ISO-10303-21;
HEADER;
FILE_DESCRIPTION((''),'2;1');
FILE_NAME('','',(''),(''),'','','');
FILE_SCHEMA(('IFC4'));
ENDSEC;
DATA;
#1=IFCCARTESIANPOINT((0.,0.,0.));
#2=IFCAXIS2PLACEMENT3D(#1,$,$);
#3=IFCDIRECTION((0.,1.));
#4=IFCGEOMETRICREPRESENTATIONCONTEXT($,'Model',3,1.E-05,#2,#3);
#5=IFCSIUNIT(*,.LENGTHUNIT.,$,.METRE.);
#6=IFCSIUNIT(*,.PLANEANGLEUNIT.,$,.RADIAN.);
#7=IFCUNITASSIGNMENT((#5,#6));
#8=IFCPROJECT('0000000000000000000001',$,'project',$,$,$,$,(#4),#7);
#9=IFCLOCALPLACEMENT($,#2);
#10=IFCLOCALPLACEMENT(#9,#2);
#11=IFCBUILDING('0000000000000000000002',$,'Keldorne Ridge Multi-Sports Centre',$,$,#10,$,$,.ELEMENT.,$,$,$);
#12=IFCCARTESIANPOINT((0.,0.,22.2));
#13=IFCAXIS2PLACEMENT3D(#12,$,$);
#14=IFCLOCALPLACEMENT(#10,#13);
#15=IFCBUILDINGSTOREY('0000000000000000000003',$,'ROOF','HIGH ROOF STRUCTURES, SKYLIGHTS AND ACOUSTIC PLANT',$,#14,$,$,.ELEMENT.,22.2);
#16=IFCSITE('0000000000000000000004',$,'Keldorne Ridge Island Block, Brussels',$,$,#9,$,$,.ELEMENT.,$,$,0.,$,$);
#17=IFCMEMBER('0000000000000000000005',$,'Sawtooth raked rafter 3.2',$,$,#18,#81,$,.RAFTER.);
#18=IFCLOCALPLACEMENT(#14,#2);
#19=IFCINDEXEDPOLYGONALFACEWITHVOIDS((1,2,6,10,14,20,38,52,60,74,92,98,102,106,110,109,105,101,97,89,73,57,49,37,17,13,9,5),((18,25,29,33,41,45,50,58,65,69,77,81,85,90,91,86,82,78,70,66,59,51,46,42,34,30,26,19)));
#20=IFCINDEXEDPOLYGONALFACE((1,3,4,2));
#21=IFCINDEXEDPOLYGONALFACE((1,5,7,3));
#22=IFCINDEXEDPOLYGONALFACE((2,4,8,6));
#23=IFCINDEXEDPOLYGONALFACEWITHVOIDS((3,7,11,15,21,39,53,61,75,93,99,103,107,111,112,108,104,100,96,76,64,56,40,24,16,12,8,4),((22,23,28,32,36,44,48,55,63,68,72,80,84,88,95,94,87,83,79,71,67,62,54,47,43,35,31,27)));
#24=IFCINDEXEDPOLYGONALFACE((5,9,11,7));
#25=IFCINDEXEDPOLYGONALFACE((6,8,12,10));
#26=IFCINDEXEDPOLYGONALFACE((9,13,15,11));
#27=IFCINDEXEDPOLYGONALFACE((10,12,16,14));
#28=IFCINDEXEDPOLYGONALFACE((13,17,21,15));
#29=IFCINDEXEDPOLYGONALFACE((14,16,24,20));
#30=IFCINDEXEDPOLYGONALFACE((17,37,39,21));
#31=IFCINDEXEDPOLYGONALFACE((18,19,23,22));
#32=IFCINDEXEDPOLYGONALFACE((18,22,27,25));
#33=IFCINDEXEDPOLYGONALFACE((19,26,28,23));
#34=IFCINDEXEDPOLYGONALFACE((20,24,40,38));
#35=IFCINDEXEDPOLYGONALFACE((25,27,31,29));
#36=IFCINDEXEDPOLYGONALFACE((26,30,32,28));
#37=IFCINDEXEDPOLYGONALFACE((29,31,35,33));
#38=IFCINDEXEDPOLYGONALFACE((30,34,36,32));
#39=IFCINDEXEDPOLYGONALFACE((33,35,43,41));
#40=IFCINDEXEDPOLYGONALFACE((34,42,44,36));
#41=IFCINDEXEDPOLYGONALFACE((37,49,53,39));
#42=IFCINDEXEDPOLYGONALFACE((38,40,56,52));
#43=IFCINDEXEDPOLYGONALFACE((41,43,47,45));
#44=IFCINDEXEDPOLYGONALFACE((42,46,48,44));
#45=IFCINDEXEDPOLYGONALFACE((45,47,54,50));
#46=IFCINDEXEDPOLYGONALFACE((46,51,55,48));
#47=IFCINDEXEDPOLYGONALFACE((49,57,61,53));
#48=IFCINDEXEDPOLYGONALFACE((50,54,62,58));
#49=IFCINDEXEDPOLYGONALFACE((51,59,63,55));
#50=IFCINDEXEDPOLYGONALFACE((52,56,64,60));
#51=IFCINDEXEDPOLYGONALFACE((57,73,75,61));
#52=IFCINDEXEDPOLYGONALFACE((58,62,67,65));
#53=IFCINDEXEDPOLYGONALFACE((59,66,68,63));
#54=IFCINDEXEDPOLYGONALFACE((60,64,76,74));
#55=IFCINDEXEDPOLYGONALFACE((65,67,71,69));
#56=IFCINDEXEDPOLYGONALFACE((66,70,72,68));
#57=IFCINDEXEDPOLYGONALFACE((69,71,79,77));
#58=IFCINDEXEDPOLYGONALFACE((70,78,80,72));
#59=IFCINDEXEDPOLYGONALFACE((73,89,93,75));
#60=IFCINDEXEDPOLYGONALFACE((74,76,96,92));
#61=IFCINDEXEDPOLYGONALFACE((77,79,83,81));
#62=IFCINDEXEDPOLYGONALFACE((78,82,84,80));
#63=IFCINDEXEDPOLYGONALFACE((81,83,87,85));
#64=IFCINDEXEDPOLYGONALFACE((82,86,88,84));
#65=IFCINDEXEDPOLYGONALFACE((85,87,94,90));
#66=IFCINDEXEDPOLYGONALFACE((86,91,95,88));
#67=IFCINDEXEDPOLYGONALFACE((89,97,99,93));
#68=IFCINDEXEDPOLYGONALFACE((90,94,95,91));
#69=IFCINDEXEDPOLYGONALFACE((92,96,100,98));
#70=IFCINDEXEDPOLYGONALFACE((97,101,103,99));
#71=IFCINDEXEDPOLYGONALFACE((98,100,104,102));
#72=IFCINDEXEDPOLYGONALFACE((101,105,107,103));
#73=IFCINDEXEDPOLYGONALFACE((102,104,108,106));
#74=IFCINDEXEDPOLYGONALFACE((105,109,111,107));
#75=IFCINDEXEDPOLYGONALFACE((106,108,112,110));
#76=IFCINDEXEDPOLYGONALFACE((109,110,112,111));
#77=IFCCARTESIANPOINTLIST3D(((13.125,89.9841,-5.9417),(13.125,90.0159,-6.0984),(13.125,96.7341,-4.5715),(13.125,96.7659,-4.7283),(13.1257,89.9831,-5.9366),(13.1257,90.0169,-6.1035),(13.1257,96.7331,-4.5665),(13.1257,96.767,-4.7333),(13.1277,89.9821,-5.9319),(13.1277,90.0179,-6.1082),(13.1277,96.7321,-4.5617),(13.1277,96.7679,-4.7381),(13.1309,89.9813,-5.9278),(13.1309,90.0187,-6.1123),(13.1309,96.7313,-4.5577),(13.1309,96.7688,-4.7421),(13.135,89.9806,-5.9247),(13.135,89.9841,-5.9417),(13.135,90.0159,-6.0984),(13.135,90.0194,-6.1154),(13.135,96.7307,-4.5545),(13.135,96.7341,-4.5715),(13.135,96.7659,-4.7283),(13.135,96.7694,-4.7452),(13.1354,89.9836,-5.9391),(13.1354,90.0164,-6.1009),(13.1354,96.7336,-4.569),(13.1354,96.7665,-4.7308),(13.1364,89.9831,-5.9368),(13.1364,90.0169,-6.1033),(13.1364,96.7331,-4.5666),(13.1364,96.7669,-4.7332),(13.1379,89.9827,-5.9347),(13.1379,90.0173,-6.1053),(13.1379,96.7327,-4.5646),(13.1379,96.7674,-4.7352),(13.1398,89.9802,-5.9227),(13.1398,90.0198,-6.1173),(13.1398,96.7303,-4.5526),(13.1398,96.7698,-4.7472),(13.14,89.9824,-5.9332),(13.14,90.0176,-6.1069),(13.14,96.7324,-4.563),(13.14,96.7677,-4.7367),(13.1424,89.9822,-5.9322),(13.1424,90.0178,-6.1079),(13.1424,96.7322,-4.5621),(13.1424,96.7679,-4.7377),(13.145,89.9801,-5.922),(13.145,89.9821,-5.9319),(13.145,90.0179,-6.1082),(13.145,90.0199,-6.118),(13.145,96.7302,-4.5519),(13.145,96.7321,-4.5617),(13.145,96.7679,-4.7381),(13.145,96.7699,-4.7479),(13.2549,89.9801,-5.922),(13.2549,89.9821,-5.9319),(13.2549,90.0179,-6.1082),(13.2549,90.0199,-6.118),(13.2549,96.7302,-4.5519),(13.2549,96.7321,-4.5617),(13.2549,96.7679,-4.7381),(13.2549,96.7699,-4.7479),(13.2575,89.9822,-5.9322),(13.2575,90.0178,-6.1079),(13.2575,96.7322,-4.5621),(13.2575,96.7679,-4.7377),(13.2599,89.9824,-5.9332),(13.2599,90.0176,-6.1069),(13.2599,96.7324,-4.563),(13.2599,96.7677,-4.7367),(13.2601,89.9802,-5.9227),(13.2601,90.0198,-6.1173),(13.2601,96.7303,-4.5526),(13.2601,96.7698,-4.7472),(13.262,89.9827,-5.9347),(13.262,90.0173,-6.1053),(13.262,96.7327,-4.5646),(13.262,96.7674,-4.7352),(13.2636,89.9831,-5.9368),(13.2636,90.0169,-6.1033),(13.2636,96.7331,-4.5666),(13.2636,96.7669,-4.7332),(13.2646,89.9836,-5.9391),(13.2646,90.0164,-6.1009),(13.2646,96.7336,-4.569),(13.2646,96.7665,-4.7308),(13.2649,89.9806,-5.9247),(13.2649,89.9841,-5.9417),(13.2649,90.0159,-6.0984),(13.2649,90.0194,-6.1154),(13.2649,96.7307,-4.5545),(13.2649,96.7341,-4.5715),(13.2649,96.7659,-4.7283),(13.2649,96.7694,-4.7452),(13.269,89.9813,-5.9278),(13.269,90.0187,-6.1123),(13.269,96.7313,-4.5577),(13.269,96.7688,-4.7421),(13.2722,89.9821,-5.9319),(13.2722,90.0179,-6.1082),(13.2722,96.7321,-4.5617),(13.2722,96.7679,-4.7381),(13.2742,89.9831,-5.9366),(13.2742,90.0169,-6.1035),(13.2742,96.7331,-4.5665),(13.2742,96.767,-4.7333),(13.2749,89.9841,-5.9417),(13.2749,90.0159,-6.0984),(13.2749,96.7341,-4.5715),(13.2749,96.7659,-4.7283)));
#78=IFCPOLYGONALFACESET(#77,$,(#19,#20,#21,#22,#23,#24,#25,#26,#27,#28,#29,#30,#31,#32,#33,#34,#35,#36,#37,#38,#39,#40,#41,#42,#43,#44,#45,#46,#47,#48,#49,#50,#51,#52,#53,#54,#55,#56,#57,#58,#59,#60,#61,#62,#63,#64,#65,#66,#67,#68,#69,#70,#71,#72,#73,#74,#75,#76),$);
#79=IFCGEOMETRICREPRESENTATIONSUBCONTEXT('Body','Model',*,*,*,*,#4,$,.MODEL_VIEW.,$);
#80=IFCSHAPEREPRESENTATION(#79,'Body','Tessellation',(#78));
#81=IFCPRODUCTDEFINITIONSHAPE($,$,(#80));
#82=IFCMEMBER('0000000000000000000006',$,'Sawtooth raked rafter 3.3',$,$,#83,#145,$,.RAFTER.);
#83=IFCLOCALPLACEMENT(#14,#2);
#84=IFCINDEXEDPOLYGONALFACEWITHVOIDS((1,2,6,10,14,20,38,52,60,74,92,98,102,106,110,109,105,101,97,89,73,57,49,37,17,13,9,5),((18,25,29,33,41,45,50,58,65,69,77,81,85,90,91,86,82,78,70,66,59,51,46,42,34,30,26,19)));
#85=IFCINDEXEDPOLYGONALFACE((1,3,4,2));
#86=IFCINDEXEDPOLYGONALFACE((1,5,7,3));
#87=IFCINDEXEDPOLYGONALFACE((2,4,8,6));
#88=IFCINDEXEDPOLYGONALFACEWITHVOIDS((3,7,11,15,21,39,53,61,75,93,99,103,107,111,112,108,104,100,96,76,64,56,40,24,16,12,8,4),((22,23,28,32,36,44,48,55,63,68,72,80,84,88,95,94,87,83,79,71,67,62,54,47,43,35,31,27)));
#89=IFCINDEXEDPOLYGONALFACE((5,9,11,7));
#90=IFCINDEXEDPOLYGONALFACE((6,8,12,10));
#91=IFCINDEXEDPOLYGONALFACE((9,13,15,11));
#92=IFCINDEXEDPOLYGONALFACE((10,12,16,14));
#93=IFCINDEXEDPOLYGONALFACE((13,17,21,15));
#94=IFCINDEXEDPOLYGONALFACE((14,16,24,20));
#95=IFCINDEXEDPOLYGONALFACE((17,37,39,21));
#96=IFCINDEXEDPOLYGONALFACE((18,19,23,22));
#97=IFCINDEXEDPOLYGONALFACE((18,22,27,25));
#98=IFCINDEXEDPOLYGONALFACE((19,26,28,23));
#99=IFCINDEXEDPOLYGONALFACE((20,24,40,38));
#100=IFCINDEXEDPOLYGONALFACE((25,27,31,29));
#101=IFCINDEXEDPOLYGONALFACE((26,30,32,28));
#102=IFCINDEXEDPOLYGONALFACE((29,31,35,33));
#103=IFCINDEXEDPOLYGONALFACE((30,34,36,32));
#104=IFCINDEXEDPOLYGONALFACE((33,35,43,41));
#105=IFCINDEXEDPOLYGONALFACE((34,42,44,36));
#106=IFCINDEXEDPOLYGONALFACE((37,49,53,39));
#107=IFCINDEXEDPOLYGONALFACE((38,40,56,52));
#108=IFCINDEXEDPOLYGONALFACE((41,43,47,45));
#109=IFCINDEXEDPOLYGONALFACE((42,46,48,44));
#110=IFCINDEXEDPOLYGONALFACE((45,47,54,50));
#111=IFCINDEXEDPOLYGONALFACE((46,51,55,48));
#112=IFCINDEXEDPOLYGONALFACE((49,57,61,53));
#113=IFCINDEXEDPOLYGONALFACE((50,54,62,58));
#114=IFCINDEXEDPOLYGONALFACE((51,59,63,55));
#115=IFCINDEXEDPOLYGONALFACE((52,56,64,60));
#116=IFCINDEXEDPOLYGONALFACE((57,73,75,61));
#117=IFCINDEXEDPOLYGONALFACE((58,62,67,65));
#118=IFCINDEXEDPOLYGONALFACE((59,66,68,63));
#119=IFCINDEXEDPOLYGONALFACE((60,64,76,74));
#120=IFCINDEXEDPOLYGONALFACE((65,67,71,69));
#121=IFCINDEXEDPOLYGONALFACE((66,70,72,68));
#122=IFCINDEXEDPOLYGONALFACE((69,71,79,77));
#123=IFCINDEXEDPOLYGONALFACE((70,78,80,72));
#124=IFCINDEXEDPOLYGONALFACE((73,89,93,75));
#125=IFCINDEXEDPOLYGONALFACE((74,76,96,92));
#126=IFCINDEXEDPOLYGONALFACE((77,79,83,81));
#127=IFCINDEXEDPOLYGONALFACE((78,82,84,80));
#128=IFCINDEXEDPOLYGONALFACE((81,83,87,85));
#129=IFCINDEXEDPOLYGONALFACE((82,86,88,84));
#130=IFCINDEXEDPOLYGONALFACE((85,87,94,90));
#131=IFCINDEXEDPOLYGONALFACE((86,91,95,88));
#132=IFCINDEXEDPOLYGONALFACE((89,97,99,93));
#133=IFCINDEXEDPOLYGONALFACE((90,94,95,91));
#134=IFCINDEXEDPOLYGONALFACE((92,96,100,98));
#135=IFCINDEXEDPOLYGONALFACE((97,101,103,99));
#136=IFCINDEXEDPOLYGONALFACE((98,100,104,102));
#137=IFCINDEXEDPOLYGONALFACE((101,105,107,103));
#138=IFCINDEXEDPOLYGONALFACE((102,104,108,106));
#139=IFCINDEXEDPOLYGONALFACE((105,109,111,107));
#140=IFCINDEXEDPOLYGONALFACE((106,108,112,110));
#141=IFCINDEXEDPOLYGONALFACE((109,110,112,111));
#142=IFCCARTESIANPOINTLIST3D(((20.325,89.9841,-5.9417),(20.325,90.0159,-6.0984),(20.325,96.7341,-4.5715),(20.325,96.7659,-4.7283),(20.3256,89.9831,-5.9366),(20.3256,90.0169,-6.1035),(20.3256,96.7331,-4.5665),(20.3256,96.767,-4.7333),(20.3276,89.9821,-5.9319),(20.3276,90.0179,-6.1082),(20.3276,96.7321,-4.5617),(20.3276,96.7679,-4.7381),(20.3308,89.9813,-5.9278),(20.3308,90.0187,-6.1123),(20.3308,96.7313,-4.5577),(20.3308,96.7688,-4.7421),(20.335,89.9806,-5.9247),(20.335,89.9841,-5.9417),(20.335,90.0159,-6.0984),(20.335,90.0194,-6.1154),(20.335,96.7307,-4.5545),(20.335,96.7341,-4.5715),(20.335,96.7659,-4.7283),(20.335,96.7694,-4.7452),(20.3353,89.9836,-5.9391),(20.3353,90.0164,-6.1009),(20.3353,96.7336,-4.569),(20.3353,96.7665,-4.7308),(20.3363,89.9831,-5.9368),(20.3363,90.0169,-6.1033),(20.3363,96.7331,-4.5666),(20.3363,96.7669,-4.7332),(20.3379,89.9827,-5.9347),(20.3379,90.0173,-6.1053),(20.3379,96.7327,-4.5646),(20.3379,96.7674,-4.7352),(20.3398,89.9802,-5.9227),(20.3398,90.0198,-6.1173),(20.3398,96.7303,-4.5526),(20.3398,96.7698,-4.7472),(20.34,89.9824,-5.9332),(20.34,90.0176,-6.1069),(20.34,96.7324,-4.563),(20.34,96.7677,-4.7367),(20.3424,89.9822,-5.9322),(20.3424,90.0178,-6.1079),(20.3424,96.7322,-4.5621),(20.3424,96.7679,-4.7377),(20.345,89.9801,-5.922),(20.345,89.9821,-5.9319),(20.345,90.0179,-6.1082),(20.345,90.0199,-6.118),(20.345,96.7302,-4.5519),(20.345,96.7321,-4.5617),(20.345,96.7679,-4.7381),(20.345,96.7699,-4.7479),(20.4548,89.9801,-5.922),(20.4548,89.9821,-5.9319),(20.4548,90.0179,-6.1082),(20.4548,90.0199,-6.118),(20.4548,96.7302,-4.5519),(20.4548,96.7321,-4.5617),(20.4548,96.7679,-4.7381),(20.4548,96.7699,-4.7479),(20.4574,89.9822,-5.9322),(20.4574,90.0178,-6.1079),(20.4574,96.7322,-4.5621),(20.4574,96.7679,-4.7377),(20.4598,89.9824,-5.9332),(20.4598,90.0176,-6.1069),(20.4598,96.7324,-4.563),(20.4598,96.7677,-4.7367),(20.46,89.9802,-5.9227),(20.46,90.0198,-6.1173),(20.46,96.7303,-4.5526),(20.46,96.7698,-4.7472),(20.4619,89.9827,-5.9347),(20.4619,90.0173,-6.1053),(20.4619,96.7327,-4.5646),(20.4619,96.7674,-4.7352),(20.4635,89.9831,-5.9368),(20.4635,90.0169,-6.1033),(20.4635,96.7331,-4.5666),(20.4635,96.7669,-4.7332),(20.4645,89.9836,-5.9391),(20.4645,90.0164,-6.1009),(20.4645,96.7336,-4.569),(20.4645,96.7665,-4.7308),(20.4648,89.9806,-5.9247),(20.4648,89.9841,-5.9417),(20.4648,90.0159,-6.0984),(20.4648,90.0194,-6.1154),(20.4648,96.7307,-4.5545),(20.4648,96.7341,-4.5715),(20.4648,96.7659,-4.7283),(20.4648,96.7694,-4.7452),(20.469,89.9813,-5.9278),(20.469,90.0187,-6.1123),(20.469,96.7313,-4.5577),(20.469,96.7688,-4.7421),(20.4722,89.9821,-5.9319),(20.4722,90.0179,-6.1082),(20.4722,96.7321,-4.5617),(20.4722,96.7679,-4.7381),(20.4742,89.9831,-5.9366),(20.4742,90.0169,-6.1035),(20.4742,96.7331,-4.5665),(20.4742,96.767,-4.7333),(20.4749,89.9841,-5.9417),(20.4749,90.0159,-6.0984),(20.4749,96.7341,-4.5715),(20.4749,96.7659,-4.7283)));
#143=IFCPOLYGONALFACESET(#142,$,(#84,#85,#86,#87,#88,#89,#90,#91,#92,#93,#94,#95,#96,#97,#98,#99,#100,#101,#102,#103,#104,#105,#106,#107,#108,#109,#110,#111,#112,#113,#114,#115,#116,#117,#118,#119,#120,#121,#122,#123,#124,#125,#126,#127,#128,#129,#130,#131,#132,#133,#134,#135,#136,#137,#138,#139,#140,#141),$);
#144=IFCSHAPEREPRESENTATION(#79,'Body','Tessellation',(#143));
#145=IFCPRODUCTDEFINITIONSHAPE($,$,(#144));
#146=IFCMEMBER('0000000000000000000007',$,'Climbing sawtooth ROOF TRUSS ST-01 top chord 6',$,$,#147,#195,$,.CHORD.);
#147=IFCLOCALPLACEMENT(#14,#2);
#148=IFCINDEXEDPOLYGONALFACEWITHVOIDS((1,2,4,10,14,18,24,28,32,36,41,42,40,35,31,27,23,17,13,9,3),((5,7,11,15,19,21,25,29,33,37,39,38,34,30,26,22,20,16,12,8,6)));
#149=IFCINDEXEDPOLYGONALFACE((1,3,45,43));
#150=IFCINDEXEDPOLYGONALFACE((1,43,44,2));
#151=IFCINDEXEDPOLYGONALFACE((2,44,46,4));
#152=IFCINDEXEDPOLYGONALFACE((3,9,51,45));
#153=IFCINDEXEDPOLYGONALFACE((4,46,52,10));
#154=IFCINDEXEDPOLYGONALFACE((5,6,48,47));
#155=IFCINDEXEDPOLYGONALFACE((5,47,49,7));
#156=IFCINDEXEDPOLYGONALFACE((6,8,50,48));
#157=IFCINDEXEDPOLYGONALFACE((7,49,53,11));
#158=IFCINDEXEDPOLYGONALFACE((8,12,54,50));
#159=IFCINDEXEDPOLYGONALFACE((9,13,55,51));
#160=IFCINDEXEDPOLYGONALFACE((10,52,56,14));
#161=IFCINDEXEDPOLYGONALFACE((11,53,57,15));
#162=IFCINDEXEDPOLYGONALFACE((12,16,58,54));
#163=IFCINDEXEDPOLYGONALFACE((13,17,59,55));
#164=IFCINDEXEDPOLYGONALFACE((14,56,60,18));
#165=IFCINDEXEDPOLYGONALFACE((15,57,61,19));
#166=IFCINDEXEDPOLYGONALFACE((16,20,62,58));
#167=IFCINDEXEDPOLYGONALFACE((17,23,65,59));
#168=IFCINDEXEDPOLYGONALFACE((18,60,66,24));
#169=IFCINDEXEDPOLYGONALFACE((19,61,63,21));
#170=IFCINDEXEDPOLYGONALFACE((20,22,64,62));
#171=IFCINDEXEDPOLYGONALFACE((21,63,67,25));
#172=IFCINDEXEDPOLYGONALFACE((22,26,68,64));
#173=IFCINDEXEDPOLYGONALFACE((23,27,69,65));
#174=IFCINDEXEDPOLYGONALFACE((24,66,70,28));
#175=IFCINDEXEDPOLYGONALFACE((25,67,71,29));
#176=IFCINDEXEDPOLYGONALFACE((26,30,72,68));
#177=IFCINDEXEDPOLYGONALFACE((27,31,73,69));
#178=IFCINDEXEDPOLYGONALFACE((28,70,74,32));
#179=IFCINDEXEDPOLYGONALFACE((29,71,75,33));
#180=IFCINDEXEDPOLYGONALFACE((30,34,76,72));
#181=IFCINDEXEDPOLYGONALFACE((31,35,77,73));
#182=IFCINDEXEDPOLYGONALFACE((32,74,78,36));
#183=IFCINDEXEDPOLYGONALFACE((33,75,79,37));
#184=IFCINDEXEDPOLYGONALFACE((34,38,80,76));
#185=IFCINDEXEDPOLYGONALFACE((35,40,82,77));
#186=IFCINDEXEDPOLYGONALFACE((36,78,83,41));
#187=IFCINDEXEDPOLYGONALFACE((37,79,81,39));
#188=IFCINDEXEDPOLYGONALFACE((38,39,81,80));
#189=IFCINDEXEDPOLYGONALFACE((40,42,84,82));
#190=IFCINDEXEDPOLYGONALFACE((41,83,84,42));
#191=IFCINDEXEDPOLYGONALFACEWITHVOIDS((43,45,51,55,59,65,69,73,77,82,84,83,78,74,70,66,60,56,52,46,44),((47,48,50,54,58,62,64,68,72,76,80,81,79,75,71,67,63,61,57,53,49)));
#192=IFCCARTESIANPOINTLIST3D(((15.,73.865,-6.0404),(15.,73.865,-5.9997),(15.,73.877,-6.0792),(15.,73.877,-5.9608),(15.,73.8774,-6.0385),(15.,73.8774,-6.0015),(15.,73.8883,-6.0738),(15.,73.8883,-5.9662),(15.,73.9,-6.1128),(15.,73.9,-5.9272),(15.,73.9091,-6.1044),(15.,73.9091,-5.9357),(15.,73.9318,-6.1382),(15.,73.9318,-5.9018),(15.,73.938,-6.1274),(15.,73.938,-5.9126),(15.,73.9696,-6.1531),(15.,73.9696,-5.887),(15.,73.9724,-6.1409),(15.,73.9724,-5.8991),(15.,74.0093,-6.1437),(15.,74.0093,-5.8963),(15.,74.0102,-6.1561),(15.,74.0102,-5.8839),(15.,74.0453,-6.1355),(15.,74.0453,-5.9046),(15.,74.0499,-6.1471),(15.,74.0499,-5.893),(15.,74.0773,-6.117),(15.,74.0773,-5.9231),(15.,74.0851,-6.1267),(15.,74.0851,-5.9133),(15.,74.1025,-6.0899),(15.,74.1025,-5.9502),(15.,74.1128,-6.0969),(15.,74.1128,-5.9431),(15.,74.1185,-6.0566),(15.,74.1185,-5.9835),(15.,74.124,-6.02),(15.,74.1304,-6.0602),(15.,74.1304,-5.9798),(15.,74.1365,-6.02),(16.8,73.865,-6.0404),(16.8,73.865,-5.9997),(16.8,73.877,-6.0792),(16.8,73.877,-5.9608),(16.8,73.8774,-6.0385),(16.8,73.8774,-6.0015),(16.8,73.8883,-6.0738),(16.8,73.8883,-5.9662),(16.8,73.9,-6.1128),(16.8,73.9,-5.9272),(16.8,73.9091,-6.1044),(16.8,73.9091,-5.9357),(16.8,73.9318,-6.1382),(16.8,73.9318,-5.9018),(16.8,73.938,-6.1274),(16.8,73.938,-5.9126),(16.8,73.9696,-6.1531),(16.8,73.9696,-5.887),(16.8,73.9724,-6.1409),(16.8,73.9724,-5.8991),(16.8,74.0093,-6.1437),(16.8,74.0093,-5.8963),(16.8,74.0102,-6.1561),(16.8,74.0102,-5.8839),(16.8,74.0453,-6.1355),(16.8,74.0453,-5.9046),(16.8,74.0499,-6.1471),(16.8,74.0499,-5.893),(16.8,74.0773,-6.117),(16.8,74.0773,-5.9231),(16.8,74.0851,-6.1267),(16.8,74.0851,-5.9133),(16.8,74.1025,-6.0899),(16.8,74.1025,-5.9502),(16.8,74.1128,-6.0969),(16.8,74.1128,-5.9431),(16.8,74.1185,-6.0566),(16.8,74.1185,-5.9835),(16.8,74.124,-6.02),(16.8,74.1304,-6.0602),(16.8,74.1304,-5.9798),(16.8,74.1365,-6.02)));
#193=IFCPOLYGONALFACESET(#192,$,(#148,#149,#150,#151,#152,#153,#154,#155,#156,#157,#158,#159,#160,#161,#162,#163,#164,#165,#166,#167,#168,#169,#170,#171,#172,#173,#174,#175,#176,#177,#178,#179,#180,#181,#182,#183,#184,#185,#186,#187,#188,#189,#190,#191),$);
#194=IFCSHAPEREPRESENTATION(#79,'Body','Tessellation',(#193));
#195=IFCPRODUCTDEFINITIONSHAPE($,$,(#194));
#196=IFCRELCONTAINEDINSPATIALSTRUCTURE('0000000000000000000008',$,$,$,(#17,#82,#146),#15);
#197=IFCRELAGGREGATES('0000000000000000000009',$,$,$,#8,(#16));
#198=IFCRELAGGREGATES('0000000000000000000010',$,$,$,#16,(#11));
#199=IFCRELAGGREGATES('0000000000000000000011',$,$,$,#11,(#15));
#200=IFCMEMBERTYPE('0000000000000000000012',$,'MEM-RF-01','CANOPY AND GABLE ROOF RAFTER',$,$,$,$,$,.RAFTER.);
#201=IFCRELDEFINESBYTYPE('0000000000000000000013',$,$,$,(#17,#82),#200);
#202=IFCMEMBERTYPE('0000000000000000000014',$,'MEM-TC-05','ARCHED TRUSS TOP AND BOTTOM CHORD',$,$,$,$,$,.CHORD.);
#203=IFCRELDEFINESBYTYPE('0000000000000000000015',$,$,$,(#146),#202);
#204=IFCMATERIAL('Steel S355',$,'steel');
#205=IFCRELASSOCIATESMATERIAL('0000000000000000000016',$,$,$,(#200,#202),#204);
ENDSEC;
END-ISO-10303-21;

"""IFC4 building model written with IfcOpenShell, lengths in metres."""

from ifc_helpers import new_model, si_unit, direction, frame, origin, origin_2d, place, context, subcontext, project, spatial, hollow_rectangle, hollow_circle, extrude, material, material_profile, profile_set, type_object, element, save


model = new_model("IFC4")

# Units and contexts
model_context = context("Model", 3, precision=1e-05, world=origin(), true_north=direction((0.0, 1.0)))
body_context = subcontext(model_context, "Body", "Model", "MODEL_VIEW")
ifc_project = project(units=[si_unit("LENGTHUNIT", "METRE"), si_unit("PLANEANGLEUNIT", "RADIAN")], contexts=[model_context])

# Site, building, storey
site_placement = place(None, origin())
site = spatial("IfcSite", under=ifc_project, at=site_placement, Name="Keldorne Ridge Island Block, Brussels", CompositionType="ELEMENT", RefElevation=0.0)
building_placement = place(site_placement, origin())
building = spatial("IfcBuilding", under=site, at=building_placement, Name="Keldorne Ridge Multi-Sports Centre", CompositionType="ELEMENT")
storey_placement = place(building_placement, frame((0.0, 0.0, 22.2)))
storey = spatial("IfcBuildingStorey", under=building, at=storey_placement, Name="ROOF", Description="HIGH ROOF STRUCTURES, SKYLIGHTS AND ACOUSTIC PLANT", CompositionType="ELEMENT", Elevation=22.2)

# Shared definitions
ifc_material_1 = material(Name="Steel S355", Category="steel")

# Members
ifc_material_profile_1 = material_profile(ifc_material_1, hollow_rectangle(XDim=0.1499, YDim=0.2, WallThickness=0.01, InnerFilletRadius=0.01, OuterFilletRadius=0.02, at=origin_2d()), Name="RHS 200x150x10")
ifc_profile_set_1 = profile_set([ifc_material_profile_1], Name="Steel S355")
member_type_1 = type_object("IfcMemberType", Name="MEM-RF-01", Description="CANOPY AND GABLE ROOF RAFTER", PredefinedType="RAFTER", material=ifc_profile_set_1)
for number, where, z_axis, x_axis, name in (
    (1, (13.2, 90.0, -6.02), (0.0, 0.980015, 0.198924), (-1.0, 0.0, 0.0), "Sawtooth raked rafter 3.2"),
    (2, (20.3999, 90.0, -6.02), (0.0, 0.980015, 0.198924), (-1.0, 0.0, 0.0), "Sawtooth raked rafter 3.3"),
):
    element("IfcMember", number, at=place(storey_placement, frame(where, z_axis=z_axis, x_axis=x_axis)), inside=storey, type_object=member_type_1, Name=name, PredefinedType="RAFTER", context=body_context, shape_type="SweptSolid", body=[
        extrude(hollow_rectangle(XDim=0.1499, YDim=0.2, WallThickness=0.01, InnerFilletRadius=0.01, OuterFilletRadius=0.02, at=origin_2d()), origin(), (0.0, 0.0, 1.0), 6.8877),
    ])
ifc_material_profile_2 = material_profile(ifc_material_1, hollow_circle(Radius=0.1365, WallThickness=0.0125, at=origin_2d()), Name="CHS 273x12.5")
ifc_profile_set_2 = profile_set([ifc_material_profile_2], Name="Steel S355")
member_type_2 = type_object("IfcMemberType", Name="MEM-TC-05", Description="ARCHED TRUSS TOP AND BOTTOM CHORD", PredefinedType="CHORD", material=ifc_profile_set_2)
for number, where, z_axis, x_axis, name in (
    (3, (15.0, 74.0, -6.02), (1.0, 0.0, 0.0), (0.0, 1.0, 0.0), "Climbing sawtooth ROOF TRUSS ST-01 top chord 6"),
):
    element("IfcMember", number, at=place(storey_placement, frame(where, z_axis=z_axis, x_axis=x_axis)), inside=storey, type_object=member_type_2, Name=name, PredefinedType="CHORD", context=body_context, shape_type="SweptSolid", body=[
        extrude(hollow_circle(Radius=0.1365, WallThickness=0.0125, at=origin_2d()), origin(), (0.0, 0.0, 1.0), 1.8),
    ])

save(model, "model.ifc")
